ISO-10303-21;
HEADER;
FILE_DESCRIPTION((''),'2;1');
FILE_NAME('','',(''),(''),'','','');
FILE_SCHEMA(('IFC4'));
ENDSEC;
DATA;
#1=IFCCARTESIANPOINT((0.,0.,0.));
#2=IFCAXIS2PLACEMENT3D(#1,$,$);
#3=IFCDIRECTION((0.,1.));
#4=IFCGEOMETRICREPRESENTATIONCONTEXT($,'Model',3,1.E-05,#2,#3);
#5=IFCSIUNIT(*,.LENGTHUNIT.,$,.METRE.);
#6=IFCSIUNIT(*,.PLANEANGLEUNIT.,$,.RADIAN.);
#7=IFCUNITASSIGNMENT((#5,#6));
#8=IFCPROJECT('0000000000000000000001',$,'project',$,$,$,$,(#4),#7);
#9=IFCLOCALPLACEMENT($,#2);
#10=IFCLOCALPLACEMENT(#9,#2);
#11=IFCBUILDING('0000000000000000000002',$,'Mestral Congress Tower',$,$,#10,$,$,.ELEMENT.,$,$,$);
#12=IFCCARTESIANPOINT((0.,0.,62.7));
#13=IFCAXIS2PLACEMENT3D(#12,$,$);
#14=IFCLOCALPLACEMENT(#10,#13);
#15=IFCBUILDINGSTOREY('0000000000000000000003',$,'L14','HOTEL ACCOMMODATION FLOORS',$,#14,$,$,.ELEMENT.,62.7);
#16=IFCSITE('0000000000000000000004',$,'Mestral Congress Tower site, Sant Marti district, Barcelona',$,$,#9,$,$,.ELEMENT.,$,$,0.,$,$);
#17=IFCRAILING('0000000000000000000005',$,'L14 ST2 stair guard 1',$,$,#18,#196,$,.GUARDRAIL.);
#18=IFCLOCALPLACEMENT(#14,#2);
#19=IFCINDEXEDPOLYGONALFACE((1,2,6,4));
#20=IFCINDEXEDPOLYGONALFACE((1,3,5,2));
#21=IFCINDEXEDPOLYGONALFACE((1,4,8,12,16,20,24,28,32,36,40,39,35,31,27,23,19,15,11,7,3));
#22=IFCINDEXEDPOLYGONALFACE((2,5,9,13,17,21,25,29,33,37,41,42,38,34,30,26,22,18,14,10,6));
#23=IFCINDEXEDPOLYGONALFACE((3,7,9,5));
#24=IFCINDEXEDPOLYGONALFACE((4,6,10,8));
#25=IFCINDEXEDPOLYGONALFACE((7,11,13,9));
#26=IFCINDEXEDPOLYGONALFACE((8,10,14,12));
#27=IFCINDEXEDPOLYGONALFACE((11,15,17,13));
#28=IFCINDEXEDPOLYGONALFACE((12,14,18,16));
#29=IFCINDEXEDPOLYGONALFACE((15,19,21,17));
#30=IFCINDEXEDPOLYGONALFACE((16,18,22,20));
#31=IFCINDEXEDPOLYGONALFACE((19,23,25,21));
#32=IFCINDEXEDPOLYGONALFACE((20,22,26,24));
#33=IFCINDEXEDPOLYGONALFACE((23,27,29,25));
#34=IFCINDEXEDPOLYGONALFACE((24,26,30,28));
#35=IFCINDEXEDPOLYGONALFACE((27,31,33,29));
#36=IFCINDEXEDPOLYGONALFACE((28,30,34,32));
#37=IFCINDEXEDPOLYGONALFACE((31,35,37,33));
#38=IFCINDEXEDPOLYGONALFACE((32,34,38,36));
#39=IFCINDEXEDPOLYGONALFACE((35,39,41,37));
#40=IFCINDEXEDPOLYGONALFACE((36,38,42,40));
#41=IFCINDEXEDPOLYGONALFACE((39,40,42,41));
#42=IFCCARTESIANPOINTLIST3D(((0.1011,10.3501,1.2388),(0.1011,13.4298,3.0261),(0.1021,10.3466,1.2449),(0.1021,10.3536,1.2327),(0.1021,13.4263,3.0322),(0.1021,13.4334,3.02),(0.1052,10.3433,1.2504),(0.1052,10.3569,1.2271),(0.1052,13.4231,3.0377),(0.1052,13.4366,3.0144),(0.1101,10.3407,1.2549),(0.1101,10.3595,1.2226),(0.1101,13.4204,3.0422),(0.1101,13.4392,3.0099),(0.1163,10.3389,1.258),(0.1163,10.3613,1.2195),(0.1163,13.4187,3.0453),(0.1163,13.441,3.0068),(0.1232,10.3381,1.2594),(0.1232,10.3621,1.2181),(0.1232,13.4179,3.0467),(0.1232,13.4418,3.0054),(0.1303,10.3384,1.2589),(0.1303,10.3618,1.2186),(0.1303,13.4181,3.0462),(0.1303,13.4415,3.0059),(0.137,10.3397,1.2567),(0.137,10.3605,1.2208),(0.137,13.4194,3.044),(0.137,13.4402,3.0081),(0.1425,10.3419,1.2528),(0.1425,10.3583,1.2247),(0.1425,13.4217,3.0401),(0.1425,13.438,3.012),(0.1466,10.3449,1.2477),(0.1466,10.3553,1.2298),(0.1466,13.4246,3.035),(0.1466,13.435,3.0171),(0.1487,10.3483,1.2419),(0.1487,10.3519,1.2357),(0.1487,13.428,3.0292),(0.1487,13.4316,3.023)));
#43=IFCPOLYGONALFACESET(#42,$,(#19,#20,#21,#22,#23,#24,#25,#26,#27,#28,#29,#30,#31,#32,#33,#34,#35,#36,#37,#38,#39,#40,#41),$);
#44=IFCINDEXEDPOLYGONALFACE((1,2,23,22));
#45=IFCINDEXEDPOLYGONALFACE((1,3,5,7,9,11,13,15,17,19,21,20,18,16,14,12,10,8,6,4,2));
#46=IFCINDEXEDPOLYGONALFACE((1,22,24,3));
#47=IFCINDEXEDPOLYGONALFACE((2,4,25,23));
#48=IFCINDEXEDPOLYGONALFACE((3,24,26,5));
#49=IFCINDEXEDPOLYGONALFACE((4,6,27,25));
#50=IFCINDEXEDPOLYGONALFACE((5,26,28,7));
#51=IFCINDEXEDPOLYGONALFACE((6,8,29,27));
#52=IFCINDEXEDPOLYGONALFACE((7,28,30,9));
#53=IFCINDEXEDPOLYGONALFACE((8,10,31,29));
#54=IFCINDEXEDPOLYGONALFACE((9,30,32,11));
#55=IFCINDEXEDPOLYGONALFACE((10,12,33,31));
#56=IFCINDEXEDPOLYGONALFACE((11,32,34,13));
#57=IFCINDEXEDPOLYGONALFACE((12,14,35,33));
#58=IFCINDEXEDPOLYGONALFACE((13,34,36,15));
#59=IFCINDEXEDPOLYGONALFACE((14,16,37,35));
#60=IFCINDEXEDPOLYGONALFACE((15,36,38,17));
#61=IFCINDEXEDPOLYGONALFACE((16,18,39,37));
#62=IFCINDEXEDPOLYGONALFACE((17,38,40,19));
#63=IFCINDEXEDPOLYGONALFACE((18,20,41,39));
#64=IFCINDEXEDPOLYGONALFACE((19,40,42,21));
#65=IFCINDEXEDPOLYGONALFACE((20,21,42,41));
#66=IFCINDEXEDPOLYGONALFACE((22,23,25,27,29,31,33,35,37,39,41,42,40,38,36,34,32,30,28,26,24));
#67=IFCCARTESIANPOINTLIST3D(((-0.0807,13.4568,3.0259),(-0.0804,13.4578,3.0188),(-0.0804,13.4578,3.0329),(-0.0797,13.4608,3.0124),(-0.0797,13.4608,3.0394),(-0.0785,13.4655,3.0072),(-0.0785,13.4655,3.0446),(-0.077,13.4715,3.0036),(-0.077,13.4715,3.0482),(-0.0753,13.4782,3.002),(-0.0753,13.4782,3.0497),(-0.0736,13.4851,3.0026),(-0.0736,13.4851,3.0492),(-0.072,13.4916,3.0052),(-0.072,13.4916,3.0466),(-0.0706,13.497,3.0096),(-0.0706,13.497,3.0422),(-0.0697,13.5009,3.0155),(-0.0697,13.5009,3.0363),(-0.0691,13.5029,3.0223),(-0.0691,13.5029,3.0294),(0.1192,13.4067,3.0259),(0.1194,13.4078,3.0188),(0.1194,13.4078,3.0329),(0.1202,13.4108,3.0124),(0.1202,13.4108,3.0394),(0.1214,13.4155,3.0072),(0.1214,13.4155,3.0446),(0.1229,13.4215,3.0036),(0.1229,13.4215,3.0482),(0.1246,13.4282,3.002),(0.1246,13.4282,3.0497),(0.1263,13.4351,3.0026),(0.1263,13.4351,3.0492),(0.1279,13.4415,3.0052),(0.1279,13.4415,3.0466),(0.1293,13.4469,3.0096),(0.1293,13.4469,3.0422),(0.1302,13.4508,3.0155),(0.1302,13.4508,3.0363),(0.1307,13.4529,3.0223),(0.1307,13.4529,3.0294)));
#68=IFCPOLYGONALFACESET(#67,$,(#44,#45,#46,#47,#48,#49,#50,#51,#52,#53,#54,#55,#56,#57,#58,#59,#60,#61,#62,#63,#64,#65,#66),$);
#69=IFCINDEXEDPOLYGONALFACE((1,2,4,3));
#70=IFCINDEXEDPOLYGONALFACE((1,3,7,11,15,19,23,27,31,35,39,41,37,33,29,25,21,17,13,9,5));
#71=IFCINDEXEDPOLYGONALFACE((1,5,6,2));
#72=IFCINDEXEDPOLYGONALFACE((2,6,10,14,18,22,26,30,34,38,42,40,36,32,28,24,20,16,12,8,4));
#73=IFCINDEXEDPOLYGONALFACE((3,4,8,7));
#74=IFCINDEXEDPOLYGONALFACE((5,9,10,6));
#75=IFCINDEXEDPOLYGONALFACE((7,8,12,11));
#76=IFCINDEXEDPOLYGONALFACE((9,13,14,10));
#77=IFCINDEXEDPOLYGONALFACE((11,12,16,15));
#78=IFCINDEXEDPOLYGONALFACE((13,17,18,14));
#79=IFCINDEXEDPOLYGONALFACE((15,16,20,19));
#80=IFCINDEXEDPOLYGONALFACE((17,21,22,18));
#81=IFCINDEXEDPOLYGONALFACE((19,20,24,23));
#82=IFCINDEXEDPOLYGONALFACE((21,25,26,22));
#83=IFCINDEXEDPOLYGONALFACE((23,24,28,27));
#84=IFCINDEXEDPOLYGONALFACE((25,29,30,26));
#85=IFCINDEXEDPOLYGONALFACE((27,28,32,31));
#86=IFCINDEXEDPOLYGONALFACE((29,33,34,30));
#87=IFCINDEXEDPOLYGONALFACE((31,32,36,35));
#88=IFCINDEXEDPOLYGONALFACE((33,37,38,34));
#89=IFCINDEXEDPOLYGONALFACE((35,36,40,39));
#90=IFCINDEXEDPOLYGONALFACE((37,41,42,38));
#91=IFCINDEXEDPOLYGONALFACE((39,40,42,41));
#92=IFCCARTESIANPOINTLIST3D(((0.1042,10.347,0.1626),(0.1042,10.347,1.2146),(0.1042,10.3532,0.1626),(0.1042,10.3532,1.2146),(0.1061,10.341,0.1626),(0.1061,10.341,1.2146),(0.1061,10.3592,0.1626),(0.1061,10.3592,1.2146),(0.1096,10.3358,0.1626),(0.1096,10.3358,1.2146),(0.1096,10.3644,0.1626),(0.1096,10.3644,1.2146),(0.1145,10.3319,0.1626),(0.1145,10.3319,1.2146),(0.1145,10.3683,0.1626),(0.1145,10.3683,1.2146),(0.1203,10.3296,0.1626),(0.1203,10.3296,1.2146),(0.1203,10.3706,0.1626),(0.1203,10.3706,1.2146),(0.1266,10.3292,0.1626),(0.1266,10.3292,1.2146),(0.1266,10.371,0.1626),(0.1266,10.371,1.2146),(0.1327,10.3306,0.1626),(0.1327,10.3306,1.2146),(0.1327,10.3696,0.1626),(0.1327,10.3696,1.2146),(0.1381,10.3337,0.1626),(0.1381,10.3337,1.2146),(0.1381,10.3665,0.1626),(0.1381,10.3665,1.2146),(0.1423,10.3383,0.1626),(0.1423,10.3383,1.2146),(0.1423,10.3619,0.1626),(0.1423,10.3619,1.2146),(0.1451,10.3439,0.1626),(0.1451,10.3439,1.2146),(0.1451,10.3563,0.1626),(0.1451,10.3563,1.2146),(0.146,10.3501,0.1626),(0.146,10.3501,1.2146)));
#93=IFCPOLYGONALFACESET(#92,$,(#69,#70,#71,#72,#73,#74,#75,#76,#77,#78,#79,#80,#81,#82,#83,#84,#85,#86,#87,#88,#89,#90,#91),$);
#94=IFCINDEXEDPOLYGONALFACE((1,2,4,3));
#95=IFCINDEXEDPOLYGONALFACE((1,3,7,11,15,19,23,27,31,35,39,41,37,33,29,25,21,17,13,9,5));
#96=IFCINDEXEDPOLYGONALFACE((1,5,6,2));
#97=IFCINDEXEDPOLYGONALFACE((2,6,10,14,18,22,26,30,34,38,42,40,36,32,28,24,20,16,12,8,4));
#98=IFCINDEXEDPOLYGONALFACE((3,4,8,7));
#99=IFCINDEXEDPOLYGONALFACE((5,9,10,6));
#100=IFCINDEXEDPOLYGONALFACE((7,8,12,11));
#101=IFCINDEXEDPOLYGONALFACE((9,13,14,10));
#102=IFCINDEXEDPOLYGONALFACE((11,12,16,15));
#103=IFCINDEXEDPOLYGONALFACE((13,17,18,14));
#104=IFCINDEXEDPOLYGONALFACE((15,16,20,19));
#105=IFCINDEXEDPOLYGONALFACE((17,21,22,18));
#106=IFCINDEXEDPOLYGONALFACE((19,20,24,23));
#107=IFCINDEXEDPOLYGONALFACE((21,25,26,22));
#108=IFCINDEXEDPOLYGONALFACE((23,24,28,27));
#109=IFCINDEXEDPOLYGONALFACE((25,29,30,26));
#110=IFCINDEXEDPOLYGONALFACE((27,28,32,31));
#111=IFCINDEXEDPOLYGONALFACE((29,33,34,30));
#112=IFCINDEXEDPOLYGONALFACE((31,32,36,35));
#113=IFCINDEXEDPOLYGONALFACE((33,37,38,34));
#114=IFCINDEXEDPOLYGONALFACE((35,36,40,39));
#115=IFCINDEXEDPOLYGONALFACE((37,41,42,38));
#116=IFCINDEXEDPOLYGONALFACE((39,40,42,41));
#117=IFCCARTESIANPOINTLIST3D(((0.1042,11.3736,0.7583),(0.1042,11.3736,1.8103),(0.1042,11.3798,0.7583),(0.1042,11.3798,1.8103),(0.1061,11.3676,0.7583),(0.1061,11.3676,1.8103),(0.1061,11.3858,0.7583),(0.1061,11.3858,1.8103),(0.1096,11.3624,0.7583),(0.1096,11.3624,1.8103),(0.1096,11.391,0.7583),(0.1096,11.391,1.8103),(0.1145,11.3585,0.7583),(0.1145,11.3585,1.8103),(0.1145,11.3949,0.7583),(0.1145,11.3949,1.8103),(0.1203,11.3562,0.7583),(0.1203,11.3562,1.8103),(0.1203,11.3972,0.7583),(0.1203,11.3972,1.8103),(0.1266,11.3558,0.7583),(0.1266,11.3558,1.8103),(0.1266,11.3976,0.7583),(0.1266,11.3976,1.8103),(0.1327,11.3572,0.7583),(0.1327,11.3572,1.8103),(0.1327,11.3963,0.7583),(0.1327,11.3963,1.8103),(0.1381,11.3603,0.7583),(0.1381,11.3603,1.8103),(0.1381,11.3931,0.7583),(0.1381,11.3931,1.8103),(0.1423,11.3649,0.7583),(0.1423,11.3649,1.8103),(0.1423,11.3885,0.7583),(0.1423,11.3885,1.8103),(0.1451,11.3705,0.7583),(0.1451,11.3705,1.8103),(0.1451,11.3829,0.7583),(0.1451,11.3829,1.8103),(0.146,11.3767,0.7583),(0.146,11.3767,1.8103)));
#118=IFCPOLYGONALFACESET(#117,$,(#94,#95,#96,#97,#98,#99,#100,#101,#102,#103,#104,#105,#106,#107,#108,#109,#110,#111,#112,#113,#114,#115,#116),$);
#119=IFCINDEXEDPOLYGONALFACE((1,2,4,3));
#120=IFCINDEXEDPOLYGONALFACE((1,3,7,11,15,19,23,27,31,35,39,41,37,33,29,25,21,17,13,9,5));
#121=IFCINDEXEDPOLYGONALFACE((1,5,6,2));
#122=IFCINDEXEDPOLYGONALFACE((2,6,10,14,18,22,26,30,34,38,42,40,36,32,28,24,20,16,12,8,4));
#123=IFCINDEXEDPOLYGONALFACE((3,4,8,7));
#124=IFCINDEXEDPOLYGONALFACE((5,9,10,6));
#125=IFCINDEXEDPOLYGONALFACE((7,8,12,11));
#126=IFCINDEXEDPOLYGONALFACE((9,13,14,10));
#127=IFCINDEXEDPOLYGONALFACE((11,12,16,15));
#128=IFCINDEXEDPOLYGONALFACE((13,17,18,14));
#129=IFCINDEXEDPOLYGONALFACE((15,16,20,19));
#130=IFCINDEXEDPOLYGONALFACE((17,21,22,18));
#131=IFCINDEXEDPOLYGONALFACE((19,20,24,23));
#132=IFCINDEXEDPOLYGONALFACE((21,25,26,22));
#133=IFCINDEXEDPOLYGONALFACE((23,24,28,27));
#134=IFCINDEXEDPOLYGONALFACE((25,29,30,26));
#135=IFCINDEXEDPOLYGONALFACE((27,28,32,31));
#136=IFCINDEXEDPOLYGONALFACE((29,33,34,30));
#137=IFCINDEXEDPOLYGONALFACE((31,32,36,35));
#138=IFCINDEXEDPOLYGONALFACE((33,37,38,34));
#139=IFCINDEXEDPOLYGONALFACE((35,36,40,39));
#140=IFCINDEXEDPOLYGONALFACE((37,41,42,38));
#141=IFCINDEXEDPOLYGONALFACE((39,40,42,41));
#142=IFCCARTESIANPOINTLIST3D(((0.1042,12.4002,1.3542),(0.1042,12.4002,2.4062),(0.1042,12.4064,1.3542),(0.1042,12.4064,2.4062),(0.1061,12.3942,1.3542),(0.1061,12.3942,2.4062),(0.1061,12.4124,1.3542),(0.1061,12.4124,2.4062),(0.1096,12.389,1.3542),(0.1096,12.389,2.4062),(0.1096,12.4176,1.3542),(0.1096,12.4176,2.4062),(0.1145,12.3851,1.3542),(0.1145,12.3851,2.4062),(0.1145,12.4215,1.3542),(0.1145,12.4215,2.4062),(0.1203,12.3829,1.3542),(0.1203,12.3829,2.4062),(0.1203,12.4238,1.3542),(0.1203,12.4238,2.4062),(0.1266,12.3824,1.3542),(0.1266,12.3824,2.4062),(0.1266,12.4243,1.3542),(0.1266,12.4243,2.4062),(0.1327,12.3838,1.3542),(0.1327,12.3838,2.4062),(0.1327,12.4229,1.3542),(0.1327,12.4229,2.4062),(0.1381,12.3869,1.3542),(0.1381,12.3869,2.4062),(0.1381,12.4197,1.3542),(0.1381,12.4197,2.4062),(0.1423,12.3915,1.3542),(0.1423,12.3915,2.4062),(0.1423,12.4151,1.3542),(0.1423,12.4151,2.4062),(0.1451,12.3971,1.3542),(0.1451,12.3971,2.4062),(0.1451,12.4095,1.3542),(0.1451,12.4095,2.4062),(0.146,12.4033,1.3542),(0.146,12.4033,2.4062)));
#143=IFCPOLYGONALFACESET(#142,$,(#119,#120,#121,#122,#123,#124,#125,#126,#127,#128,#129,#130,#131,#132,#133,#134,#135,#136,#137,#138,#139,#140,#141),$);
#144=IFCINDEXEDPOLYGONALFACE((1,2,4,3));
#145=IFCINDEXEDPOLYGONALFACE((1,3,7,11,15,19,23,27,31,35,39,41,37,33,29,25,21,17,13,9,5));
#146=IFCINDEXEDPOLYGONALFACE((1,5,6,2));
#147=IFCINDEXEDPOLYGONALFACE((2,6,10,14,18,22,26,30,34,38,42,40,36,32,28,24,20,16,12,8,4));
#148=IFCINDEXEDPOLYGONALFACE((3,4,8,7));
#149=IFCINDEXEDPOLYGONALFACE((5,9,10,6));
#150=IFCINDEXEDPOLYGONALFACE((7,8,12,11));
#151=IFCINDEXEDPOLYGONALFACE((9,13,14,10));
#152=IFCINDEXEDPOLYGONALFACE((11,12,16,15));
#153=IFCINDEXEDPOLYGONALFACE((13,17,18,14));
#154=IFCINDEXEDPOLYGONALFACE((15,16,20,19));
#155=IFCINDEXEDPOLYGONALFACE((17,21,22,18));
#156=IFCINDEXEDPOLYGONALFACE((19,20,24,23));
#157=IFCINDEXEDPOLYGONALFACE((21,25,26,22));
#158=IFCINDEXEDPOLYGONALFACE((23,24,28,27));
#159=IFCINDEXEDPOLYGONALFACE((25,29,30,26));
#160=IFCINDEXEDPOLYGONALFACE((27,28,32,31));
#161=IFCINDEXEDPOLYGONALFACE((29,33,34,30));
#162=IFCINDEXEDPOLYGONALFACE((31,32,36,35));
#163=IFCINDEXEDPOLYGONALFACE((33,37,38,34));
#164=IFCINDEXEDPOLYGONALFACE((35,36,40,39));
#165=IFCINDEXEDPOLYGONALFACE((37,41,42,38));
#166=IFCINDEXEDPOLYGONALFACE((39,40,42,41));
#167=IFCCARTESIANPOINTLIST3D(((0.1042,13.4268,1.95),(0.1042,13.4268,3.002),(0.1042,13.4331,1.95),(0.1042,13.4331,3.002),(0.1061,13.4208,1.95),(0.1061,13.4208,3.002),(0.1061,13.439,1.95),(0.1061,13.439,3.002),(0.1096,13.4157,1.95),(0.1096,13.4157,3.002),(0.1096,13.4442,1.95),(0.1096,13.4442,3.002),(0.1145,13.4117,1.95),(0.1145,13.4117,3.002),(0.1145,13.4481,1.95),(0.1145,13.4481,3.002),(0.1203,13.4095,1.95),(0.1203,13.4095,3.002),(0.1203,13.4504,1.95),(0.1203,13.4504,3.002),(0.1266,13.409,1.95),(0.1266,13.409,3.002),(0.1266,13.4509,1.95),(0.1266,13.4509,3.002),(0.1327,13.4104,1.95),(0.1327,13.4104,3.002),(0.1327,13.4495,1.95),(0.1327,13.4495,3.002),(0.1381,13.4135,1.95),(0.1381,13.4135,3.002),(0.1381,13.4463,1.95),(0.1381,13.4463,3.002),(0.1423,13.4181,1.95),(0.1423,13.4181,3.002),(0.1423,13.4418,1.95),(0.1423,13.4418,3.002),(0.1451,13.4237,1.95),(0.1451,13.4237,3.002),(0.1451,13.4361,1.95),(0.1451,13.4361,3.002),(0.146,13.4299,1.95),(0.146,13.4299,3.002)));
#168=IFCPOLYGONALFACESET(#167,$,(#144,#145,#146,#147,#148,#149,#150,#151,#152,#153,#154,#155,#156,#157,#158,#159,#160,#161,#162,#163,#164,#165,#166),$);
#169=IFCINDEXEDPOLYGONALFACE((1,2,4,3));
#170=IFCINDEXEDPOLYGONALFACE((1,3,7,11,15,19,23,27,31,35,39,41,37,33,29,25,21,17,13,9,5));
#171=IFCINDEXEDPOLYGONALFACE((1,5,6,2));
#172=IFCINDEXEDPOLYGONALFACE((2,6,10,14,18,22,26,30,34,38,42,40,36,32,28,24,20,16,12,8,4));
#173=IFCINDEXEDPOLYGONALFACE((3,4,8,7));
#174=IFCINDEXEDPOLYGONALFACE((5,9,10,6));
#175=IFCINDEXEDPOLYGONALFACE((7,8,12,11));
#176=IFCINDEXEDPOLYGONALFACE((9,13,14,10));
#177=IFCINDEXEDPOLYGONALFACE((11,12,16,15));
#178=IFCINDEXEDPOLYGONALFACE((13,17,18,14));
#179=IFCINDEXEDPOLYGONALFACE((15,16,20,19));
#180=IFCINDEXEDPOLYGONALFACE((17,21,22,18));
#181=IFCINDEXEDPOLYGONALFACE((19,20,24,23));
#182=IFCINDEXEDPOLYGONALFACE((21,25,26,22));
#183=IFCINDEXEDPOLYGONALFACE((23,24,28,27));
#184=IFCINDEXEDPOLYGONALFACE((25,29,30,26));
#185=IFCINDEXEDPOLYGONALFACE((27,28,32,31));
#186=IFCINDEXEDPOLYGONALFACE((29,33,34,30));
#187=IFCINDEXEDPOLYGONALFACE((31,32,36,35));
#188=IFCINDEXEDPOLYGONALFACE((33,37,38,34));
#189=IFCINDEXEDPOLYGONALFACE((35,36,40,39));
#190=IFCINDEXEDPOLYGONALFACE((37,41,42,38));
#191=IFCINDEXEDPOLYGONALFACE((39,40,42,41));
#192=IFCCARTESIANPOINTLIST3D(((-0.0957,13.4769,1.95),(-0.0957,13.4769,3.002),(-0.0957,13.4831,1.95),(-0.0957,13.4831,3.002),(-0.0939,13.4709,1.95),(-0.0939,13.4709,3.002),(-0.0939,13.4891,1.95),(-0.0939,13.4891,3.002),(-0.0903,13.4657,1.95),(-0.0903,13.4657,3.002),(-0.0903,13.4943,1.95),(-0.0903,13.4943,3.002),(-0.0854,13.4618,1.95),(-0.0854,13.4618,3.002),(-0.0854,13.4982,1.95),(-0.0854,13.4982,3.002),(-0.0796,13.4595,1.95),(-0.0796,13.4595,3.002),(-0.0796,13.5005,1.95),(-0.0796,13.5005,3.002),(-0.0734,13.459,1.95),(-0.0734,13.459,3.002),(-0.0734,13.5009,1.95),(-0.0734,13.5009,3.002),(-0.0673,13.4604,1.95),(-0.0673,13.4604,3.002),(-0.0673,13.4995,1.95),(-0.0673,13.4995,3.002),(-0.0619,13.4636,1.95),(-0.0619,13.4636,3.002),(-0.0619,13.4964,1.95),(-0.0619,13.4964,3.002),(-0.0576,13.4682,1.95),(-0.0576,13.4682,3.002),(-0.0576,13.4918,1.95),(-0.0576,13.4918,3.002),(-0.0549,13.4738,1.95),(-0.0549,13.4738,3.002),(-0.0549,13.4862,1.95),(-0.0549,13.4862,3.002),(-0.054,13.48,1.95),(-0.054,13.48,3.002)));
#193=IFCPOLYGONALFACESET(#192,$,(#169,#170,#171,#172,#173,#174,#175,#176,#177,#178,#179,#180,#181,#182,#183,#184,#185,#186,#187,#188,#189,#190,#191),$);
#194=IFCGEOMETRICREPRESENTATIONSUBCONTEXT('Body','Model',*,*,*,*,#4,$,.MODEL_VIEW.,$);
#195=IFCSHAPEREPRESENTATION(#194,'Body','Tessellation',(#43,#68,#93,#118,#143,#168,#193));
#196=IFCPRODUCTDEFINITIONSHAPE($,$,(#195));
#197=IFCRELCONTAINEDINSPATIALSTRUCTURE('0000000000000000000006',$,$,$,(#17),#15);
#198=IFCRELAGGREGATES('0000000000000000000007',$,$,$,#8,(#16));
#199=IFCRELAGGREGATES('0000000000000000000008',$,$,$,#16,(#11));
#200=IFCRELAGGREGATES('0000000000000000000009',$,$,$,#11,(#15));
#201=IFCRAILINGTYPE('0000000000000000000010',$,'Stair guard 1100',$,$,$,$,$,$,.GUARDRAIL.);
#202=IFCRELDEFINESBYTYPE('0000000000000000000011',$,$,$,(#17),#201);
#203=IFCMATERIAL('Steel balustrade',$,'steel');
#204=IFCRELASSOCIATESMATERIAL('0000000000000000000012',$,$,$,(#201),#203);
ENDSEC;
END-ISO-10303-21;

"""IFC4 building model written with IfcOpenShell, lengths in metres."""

from ifc_helpers import new_model, si_unit, direction, frame, origin, origin_2d, place, context, subcontext, project, spatial, circle, extrude, material, type_object, element, save


model = new_model("IFC4")

# Units and contexts
model_context = context("Model", 3, precision=1e-05, world=origin(), true_north=direction((0.0, 1.0)))
body_context = subcontext(model_context, "Body", "Model", "MODEL_VIEW")
ifc_project = project(units=[si_unit("LENGTHUNIT", "METRE"), si_unit("PLANEANGLEUNIT", "RADIAN")], contexts=[model_context])

# Site, building, storey
site_placement = place(None, origin())
site = spatial("IfcSite", under=ifc_project, at=site_placement, Name="Mestral Congress Tower site, Sant Marti district, Barcelona", CompositionType="ELEMENT", RefElevation=0.0)
building_placement = place(site_placement, origin())
building = spatial("IfcBuilding", under=site, at=building_placement, Name="Mestral Congress Tower", CompositionType="ELEMENT")
storey_placement = place(building_placement, frame((0.0, 0.0, 62.7)))
storey = spatial("IfcBuildingStorey", under=building, at=storey_placement, Name="L14", Description="HOTEL ACCOMMODATION FLOORS", CompositionType="ELEMENT", Elevation=62.7)

# Railing
ifc_material_1 = material(Name="Steel balustrade", Category="steel")
railing_type_1 = type_object("IfcRailingType", Name="Stair guard 1100", PredefinedType="GUARDRAIL", material=ifc_material_1)
railing_1_placement = place(storey_placement, frame((0.125, 10.3501, 0.1626)))
element("IfcRailing", 1, at=railing_1_placement, inside=storey, type_object=railing_type_1, Name="L14 ST2 stair guard 1", PredefinedType="GUARDRAIL", context=body_context, shape_type="SweptSolid", body=[
    extrude(circle(Radius=0.0239, at=origin_2d()), frame((0.0, 0.0, 1.0762), z_axis=(0.0, 0.864903, 0.501939), x_axis=(-1.0, 0.0, 0.0)), (0.0, 0.0, 1.0), 3.5608),
    extrude(circle(Radius=0.0239, at=origin_2d()), frame((0.0, 3.0798, 2.8633), z_axis=(-0.970073, 0.242814, 0.0), x_axis=(-0.242814, -0.970073, 0.0)), (0.0, 0.0, 1.0), 0.2061),
    extrude(circle(Radius=0.021, at=origin_2d()), origin(), (0.0, 0.0, 1.0), 1.052),
    extrude(circle(Radius=0.021, at=origin_2d()), frame((0.0, 1.0266, 0.5957)), (0.0, 0.0, 1.0), 1.052),
    extrude(circle(Radius=0.021, at=origin_2d()), frame((0.0, 2.0532, 1.1917)), (0.0, 0.0, 1.0), 1.052),
    extrude(circle(Radius=0.021, at=origin_2d()), frame((0.0, 3.0798, 1.7874)), (0.0, 0.0, 1.0), 1.052),
    extrude(circle(Radius=0.021, at=origin_2d()), frame((-0.2, 3.1299, 1.7874)), (0.0, 0.0, 1.0), 1.052),
])

save(model, "model.ifc")
